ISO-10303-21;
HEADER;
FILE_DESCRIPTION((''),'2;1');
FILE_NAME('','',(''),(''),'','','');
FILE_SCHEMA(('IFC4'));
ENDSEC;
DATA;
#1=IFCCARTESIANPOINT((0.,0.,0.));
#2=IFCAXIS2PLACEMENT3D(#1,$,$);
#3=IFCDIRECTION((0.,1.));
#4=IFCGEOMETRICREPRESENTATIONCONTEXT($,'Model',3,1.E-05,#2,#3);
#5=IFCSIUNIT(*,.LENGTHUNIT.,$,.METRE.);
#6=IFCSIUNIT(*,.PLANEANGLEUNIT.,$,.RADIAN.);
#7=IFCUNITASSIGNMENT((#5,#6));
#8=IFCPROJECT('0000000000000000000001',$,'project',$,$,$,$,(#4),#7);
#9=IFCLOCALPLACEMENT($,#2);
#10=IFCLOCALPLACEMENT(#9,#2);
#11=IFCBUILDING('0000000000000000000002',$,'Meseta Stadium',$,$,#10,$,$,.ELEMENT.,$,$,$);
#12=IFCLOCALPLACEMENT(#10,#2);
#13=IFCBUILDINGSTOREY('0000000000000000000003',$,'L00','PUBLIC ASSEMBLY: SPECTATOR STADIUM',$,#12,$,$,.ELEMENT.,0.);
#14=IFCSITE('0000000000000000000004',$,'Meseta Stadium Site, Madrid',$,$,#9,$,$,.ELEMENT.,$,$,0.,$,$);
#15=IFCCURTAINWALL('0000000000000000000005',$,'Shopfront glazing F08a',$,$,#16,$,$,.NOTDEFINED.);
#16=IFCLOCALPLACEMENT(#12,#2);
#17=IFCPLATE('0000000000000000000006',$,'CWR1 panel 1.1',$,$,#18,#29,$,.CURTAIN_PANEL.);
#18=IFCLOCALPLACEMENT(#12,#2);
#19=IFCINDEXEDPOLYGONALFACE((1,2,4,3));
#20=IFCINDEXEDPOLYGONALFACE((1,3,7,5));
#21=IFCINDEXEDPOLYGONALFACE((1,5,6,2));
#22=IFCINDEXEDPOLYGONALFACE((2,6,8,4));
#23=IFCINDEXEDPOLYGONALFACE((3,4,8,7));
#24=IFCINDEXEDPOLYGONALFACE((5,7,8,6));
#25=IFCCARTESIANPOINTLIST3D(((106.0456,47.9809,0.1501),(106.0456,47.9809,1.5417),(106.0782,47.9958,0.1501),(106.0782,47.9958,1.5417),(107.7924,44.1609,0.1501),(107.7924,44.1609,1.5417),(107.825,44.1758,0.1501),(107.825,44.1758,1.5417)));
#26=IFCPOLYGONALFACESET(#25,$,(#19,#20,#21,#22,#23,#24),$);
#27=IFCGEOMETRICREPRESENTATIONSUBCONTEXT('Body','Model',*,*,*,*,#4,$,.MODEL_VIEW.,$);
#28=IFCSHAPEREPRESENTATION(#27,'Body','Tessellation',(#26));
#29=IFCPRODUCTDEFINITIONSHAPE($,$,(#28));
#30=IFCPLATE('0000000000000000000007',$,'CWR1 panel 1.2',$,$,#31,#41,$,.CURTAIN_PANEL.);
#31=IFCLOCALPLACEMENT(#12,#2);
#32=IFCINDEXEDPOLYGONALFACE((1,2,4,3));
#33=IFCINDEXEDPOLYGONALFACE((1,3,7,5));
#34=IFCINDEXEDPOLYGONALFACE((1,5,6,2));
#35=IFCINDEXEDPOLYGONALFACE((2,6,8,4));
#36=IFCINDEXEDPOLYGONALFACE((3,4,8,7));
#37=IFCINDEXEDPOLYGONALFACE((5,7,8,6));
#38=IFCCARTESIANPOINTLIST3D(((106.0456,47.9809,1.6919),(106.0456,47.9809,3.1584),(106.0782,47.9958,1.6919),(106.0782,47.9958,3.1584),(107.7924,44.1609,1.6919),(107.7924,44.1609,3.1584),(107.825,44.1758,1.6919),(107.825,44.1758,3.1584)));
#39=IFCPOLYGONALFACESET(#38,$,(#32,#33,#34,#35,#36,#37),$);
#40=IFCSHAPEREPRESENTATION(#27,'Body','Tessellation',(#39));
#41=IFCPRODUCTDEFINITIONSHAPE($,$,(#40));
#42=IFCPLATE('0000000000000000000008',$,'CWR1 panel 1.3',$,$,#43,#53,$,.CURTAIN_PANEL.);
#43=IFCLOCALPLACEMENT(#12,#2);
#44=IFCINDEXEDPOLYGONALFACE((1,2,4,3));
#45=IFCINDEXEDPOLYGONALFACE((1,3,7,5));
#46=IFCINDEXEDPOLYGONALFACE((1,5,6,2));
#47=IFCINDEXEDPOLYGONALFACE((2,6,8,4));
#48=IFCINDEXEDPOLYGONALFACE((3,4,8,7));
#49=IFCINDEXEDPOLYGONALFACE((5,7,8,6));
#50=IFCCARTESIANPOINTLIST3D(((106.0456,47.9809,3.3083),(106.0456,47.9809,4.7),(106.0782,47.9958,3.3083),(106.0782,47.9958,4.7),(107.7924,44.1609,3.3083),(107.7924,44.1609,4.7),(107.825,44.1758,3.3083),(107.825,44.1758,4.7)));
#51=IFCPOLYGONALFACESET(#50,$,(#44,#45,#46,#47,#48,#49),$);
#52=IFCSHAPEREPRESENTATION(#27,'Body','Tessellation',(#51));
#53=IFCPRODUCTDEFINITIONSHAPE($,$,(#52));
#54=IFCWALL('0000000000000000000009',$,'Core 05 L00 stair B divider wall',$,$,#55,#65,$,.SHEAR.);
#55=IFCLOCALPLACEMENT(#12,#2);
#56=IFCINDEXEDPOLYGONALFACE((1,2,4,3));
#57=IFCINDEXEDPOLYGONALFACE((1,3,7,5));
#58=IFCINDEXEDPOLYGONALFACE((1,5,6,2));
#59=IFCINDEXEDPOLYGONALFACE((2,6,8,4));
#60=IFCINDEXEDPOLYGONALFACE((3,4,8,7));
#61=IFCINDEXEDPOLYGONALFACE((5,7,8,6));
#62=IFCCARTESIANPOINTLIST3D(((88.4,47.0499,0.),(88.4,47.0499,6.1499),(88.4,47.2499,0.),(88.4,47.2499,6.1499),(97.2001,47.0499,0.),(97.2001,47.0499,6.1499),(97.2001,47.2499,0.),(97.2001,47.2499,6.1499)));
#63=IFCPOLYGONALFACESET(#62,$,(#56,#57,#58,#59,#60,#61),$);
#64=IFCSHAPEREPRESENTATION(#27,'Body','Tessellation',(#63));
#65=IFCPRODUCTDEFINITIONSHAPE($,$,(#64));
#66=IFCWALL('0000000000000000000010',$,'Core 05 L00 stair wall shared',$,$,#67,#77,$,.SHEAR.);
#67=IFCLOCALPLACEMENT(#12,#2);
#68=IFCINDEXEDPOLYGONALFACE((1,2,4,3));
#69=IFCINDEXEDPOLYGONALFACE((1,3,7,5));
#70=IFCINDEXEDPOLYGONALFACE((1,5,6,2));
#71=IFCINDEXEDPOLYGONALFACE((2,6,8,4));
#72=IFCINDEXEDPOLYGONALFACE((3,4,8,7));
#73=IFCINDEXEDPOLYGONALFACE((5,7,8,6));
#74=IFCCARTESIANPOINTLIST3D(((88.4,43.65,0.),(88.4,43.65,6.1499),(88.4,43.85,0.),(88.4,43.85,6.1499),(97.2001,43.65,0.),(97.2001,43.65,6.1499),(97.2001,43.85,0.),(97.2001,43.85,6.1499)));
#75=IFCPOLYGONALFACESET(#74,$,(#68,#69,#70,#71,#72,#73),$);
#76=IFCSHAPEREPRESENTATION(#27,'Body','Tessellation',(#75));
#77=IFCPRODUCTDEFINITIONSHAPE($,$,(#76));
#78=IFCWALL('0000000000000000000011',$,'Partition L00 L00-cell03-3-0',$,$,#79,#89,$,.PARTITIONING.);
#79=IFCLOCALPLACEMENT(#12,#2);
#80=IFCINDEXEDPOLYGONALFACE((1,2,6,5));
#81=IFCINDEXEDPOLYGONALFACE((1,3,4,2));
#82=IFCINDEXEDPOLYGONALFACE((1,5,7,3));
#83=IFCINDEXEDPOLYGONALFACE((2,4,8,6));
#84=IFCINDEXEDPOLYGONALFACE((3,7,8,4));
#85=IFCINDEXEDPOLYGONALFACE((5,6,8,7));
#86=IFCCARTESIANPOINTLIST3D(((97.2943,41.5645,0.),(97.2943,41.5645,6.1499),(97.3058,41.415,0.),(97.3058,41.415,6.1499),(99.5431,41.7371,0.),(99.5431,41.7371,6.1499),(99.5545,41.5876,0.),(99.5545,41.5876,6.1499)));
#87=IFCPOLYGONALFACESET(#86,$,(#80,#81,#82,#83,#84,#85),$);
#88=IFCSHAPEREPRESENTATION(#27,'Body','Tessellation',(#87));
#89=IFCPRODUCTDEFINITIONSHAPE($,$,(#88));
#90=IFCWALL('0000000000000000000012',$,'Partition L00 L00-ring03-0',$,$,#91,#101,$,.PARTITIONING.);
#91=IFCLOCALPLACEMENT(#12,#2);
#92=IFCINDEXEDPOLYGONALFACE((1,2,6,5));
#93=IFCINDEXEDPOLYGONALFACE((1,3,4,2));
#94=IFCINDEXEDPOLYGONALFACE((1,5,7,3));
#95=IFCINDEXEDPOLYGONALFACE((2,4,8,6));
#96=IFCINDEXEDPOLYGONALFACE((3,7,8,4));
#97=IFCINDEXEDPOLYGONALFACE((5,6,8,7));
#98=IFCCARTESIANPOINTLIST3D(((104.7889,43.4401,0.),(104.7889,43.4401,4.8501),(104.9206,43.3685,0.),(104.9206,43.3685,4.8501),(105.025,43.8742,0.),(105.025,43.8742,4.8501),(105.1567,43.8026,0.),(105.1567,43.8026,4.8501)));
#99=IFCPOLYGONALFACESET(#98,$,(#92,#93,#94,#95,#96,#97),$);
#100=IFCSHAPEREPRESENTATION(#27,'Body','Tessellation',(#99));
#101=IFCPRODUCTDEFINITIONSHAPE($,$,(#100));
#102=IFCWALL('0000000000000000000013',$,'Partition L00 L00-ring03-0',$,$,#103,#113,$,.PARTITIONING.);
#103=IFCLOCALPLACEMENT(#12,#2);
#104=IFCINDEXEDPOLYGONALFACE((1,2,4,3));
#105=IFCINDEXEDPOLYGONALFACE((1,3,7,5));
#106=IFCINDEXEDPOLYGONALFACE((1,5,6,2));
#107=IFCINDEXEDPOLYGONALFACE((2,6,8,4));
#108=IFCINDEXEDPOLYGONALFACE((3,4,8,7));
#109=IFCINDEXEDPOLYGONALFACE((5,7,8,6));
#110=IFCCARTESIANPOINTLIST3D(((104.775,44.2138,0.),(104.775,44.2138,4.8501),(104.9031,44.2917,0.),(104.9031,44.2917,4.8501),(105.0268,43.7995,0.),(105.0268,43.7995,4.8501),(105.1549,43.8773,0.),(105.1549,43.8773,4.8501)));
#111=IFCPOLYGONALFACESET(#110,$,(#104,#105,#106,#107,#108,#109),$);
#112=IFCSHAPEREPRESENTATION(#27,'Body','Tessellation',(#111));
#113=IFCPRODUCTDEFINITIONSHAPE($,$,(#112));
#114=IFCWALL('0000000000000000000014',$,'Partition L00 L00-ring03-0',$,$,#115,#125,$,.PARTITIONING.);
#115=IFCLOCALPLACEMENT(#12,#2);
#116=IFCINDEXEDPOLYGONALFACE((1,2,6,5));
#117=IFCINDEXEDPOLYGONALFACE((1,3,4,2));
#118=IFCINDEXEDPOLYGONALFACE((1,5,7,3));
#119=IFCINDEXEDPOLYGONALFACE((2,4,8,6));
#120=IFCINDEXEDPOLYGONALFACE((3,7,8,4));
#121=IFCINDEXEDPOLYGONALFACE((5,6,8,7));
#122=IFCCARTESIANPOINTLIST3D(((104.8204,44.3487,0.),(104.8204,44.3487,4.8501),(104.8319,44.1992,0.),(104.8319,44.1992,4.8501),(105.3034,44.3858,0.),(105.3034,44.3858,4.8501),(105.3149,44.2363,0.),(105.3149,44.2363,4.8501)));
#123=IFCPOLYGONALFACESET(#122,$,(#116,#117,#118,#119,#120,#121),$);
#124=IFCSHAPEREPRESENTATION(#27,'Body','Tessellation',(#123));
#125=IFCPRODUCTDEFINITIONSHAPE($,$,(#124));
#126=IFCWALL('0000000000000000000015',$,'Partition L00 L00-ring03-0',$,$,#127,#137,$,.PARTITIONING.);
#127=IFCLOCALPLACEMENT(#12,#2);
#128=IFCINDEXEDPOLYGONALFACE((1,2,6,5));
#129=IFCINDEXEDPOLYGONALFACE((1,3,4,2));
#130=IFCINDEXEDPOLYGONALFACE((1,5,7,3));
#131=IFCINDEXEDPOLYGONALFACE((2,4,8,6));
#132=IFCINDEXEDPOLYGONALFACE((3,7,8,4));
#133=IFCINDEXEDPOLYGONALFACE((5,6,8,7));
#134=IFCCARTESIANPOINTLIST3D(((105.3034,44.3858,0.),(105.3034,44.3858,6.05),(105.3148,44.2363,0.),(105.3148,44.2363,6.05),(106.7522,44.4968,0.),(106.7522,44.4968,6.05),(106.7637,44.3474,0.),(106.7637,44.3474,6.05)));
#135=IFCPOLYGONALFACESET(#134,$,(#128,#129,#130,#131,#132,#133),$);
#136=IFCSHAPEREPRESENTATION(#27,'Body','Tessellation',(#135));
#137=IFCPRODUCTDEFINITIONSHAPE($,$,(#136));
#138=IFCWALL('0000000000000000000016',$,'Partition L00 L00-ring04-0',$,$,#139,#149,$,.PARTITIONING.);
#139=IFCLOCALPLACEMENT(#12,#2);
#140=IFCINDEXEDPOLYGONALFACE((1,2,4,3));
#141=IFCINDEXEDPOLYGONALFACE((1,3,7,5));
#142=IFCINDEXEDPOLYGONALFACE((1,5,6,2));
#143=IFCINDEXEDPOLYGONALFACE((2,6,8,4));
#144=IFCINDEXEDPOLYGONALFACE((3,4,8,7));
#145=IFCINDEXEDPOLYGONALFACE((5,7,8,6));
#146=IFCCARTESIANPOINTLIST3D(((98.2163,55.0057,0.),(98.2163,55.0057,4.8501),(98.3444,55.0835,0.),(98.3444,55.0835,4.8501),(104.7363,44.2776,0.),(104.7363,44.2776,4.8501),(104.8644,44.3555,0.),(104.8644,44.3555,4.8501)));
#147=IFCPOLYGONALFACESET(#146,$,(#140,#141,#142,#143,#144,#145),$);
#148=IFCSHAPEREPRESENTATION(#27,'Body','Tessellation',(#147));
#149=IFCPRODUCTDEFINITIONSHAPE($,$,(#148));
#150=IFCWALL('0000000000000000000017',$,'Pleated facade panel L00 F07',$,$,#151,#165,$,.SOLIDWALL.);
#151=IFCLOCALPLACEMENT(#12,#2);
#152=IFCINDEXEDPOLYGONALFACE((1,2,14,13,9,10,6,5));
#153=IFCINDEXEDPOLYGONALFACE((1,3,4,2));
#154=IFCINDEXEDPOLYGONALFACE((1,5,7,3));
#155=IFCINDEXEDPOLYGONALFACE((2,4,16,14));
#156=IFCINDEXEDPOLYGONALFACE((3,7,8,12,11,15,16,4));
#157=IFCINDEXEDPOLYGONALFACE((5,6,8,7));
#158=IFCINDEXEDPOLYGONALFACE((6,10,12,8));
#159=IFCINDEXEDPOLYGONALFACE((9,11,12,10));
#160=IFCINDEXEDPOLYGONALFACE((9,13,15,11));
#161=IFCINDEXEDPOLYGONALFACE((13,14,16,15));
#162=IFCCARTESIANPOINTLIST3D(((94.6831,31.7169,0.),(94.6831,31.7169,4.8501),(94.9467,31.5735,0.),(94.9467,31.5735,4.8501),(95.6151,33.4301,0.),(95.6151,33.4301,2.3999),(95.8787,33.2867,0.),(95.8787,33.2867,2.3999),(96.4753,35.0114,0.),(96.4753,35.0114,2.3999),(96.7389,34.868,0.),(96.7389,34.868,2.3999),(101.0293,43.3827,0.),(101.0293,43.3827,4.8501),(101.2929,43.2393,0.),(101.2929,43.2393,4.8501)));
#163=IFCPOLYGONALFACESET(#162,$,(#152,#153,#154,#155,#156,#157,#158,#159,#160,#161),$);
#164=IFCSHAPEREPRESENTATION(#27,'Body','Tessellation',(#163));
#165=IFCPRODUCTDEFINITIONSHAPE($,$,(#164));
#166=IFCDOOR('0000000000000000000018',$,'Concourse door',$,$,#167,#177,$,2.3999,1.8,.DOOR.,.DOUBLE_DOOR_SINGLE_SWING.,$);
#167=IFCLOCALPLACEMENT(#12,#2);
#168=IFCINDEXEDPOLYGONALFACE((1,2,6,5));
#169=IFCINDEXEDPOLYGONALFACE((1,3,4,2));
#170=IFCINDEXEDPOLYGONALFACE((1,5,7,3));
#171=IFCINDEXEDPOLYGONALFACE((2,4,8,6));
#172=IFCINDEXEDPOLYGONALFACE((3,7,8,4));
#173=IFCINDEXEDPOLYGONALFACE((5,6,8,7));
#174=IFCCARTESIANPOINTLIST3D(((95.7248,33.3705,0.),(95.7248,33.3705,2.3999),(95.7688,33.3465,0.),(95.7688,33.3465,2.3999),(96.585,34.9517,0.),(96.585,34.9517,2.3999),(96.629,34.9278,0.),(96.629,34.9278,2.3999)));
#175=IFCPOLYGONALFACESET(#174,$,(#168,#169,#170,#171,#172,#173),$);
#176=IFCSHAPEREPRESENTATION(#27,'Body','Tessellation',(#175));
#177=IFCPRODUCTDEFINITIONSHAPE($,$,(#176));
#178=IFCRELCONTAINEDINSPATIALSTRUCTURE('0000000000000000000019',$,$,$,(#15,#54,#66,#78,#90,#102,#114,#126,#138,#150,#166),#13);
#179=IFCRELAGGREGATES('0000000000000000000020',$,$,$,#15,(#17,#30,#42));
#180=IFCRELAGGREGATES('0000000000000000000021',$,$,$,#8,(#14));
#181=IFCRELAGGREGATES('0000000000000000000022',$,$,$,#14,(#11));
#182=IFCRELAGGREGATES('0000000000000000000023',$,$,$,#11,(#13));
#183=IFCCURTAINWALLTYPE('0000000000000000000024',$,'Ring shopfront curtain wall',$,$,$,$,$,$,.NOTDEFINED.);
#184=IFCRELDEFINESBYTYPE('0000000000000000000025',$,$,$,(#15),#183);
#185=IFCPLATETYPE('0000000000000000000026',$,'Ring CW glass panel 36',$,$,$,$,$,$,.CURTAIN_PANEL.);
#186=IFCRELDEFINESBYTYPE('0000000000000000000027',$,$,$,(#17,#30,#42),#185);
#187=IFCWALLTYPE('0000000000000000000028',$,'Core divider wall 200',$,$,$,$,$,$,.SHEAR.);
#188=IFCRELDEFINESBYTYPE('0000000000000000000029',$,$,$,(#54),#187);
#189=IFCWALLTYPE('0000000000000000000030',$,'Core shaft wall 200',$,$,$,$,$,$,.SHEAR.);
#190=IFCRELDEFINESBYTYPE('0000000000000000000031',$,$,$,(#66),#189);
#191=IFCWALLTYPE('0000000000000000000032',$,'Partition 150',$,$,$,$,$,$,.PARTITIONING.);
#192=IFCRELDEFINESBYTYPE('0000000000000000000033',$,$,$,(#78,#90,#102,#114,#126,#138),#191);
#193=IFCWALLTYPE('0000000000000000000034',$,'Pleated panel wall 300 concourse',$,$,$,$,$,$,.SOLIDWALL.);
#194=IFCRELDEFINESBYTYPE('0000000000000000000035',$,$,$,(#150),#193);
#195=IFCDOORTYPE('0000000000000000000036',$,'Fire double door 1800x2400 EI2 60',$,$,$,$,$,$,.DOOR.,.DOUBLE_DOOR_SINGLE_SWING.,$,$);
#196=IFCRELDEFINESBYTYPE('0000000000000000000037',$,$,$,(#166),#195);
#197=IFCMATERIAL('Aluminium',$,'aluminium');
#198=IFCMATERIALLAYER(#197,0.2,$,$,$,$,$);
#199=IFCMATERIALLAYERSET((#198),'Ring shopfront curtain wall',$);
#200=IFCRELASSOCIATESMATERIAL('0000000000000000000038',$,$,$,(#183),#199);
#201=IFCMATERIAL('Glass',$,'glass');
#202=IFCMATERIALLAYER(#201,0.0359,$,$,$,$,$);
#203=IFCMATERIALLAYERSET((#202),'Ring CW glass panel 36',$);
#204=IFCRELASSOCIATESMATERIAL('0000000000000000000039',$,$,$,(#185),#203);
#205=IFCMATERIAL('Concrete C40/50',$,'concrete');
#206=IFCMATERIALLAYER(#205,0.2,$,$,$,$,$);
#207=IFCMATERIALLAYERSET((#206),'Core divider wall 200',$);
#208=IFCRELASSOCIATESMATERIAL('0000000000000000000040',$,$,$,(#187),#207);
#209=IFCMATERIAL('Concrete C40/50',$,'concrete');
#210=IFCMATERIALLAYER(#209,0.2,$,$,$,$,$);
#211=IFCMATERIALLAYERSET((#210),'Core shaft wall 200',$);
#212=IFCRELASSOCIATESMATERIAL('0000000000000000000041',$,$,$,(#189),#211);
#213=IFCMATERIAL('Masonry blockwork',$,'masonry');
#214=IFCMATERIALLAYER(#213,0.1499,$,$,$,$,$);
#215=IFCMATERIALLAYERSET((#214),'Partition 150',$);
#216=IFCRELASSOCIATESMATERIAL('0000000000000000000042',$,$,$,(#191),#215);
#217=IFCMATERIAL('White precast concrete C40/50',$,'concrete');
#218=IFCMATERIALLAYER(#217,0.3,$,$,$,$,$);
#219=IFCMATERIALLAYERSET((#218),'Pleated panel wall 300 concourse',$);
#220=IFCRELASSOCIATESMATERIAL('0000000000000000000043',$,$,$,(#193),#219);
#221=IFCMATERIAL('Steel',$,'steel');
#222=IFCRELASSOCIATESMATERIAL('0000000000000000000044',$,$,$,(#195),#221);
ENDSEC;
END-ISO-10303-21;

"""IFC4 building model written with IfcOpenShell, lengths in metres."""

from ifc_helpers import new_model, si_unit, direction, frame, frame_2d, origin, origin_2d, place, context, subcontext, project, spatial, rectangle, extrude, material, layer, layer_set, type_object, element, fill, aggregate, save


model = new_model("IFC4")

# Units and contexts
model_context = context("Model", 3, precision=1e-05, world=origin(), true_north=direction((0.0, 1.0)))
body_context = subcontext(model_context, "Body", "Model", "MODEL_VIEW")
ifc_project = project(units=[si_unit("LENGTHUNIT", "METRE"), si_unit("PLANEANGLEUNIT", "RADIAN")], contexts=[model_context])

# Site, building, storey
site_placement = place(None, origin())
site = spatial("IfcSite", under=ifc_project, at=site_placement, Name="Meseta Stadium Site, Madrid", CompositionType="ELEMENT", RefElevation=0.0)
building_placement = place(site_placement, origin())
building = spatial("IfcBuilding", under=site, at=building_placement, Name="Meseta Stadium", CompositionType="ELEMENT")
storey_placement = place(building_placement, origin())
storey = spatial("IfcBuildingStorey", under=building, at=storey_placement, Name="L00", Description="PUBLIC ASSEMBLY: SPECTATOR STADIUM", CompositionType="ELEMENT", Elevation=0.0)

# Shared definitions
ifc_material_1 = material(Name="Aluminium", Category="aluminium")
ifc_layer_1 = layer(ifc_material_1, 0.2)
ifc_layer_set_1 = layer_set([ifc_layer_1], Name="Ring shopfront curtain wall")
curtain_wall_type = type_object("IfcCurtainWallType", Name="Ring shopfront curtain wall", PredefinedType="NOTDEFINED", material=ifc_layer_set_1)

# Curtain wall
curtain_wall_1_placement = place(storey_placement, origin())
curtain_wall_1 = element("IfcCurtainWall", 1, at=curtain_wall_1_placement, inside=storey, type_object=curtain_wall_type, Name="Shopfront glazing F08a", PredefinedType="NOTDEFINED")

# Plates
ifc_material_2 = material(Name="Glass", Category="glass")
ifc_layer_2 = layer(ifc_material_2, 0.0359)
ifc_layer_set_2 = layer_set([ifc_layer_2], Name="Ring CW glass panel 36")
plate_type = type_object("IfcPlateType", Name="Ring CW glass panel 36", PredefinedType="CURTAIN_PANEL", material=ifc_layer_set_2)
plate_1_placement = place(storey_placement, frame((106.9353, 46.0784, 0.1501), z_axis=(0.0, 0.0, 1.0), x_axis=(-0.415863, 0.909427, 0.0)))
plate_1 = element("IfcPlate", 2, at=plate_1_placement, type_object=plate_type, Name="CWR1 panel 1.1", PredefinedType="CURTAIN_PANEL", context=body_context, shape_type="SweptSolid", body=[
    extrude(rectangle(XDim=4.2004, YDim=0.0359, at=origin_2d()), origin(), (0.0, 0.0, 1.0), 1.3916),
])
plate_2_placement = place(storey_placement, frame((106.9353, 46.0784, 1.6919), z_axis=(0.0, 0.0, 1.0), x_axis=(-0.415863, 0.909427, 0.0)))
plate_2 = element("IfcPlate", 3, at=plate_2_placement, type_object=plate_type, Name="CWR1 panel 1.2", PredefinedType="CURTAIN_PANEL", context=body_context, shape_type="SweptSolid", body=[
    extrude(rectangle(XDim=4.2004, YDim=0.0359, at=origin_2d()), origin(), (0.0, 0.0, 1.0), 1.4666),
])
plate_3_placement = place(storey_placement, frame((106.9353, 46.0784, 3.3083), z_axis=(0.0, 0.0, 1.0), x_axis=(-0.415863, 0.909427, 0.0)))
plate_3 = element("IfcPlate", 4, at=plate_3_placement, type_object=plate_type, Name="CWR1 panel 1.3", PredefinedType="CURTAIN_PANEL", context=body_context, shape_type="SweptSolid", body=[
    extrude(rectangle(XDim=4.2004, YDim=0.0359, at=origin_2d()), origin(), (0.0, 0.0, 1.0), 1.3916),
])
aggregate(curtain_wall_1, [plate_1, plate_2, plate_3])

# Walls
ifc_material_3 = material(Name="Concrete C40/50", Category="concrete")
ifc_layer_3 = layer(ifc_material_3, 0.2)
ifc_layer_set_3 = layer_set([ifc_layer_3], Name="Core divider wall 200")
wall_type_1 = type_object("IfcWallType", Name="Core divider wall 200", PredefinedType="SHEAR", material=ifc_layer_set_3)
wall_1_placement = place(storey_placement, frame((97.2, 47.1499, 0.0), z_axis=(0.0, 0.0, 1.0), x_axis=(-1.0, 0.0, 0.0)))
element("IfcWall", 5, at=wall_1_placement, inside=storey, type_object=wall_type_1, Name="Core 05 L00 stair B divider wall", PredefinedType="SHEAR", context=body_context, shape_type="SweptSolid", body=[
    extrude(rectangle(XDim=8.8, YDim=0.2, at=frame_2d((4.3999, 0.0))), origin(), (0.0, 0.0, 1.0), 6.1499),
])
ifc_material_4 = material(Name="Concrete C40/50", Category="concrete")
ifc_layer_4 = layer(ifc_material_4, 0.2)
ifc_layer_set_4 = layer_set([ifc_layer_4], Name="Core shaft wall 200")
wall_type_2 = type_object("IfcWallType", Name="Core shaft wall 200", PredefinedType="SHEAR", material=ifc_layer_set_4)
wall_2_placement = place(storey_placement, frame((97.2, 43.75, 0.0), z_axis=(0.0, 0.0, 1.0), x_axis=(-1.0, 0.0, 0.0)))
element("IfcWall", 6, at=wall_2_placement, inside=storey, type_object=wall_type_2, Name="Core 05 L00 stair wall shared", PredefinedType="SHEAR", context=body_context, shape_type="SweptSolid", body=[
    extrude(rectangle(XDim=8.8, YDim=0.2, at=frame_2d((4.3999, 0.0))), origin(), (0.0, 0.0, 1.0), 6.1499),
])
ifc_material_5 = material(Name="Masonry blockwork", Category="masonry")
ifc_layer_5 = layer(ifc_material_5, 0.1499)
ifc_layer_set_5 = layer_set([ifc_layer_5], Name="Partition 150")
wall_type_3 = type_object("IfcWallType", Name="Partition 150", PredefinedType="PARTITIONING", material=ifc_layer_set_5)
wall_3_placement = place(storey_placement, frame((97.3, 41.4897, 0.0), z_axis=(0.0, 0.0, 1.0), x_axis=(0.997067, 0.076531, 0.0)))
element("IfcWall", 7, at=wall_3_placement, inside=storey, type_object=wall_type_3, Name="Partition L00 L00-cell03-3-0", PredefinedType="PARTITIONING", context=body_context, shape_type="SweptSolid", body=[
    extrude(rectangle(XDim=2.2554, YDim=0.1499, at=frame_2d((1.1277, 0.0))), origin(), (0.0, 0.0, 1.0), 6.1499),
])
wall_4_placement = place(storey_placement, frame((104.8547, 43.4043, 0.0), z_axis=(0.0, 0.0, 1.0), x_axis=(0.477779, 0.87848, 0.0)))
element("IfcWall", 8, at=wall_4_placement, inside=storey, type_object=wall_type_3, Name="Partition L00 L00-ring03-0", PredefinedType="PARTITIONING", context=body_context, shape_type="SweptSolid", body=[
    extrude(rectangle(XDim=0.4941, YDim=0.1499, at=frame_2d((0.2471, 0.0))), origin(), (0.0, 0.0, 1.0), 4.8501),
])
wall_5_placement = place(storey_placement, frame((105.0908, 43.8384, 0.0), z_axis=(0.0, 0.0, 1.0), x_axis=(-0.519228, 0.854636, 0.0)))
element("IfcWall", 9, at=wall_5_placement, inside=storey, type_object=wall_type_3, Name="Partition L00 L00-ring03-0", PredefinedType="PARTITIONING", context=body_context, shape_type="SweptSolid", body=[
    extrude(rectangle(XDim=0.4849, YDim=0.1499, at=frame_2d((0.2424, 0.0))), origin(), (0.0, 0.0, 1.0), 4.8501),
])
wall_6_placement = place(storey_placement, frame((104.8262, 44.2739, 0.0), z_axis=(0.0, 0.0, 1.0), x_axis=(0.99706, 0.076619, 0.0)))
element("IfcWall", 10, at=wall_6_placement, inside=storey, type_object=wall_type_3, Name="Partition L00 L00-ring03-0", PredefinedType="PARTITIONING", context=body_context, shape_type="SweptSolid", body=[
    extrude(rectangle(XDim=0.4844, YDim=0.1499, at=frame_2d((0.2422, 0.0))), origin(), (0.0, 0.0, 1.0), 4.8501),
])
wall_7_placement = place(storey_placement, frame((105.3091, 44.311, 0.0), z_axis=(0.0, 0.0, 1.0), x_axis=(0.997074, 0.07644, 0.0)))
element("IfcWall", 11, at=wall_7_placement, inside=storey, type_object=wall_type_3, Name="Partition L00 L00-ring03-0", PredefinedType="PARTITIONING", context=body_context, shape_type="SweptSolid", body=[
    extrude(rectangle(XDim=1.4531, YDim=0.1499, at=frame_2d((0.7266, 0.0))), origin(), (0.0, 0.0, 1.0), 6.05),
])
wall_8_placement = place(storey_placement, frame((104.8003, 44.3167, 0.0), z_axis=(0.0, 0.0, 1.0), x_axis=(-0.519361, 0.854555, 0.0)))
element("IfcWall", 12, at=wall_8_placement, inside=storey, type_object=wall_type_3, Name="Partition L00 L00-ring04-0", PredefinedType="PARTITIONING", context=body_context, shape_type="SweptSolid", body=[
    extrude(rectangle(XDim=12.554, YDim=0.1499, at=frame_2d((6.2769, 0.0))), origin(), (0.0, 0.0, 1.0), 4.8501),
])

# Wall, opening, door
ifc_material_6 = material(Name="White precast concrete C40/50", Category="concrete")
ifc_layer_6 = layer(ifc_material_6, 0.3)
ifc_layer_set_6 = layer_set([ifc_layer_6], Name="Pleated panel wall 300 concourse")
wall_type_4 = type_object("IfcWallType", Name="Pleated panel wall 300 concourse", PredefinedType="SOLIDWALL", material=ifc_layer_set_6)
wall_9_placement = place(storey_placement, frame((101.1611, 43.311, 0.0), z_axis=(0.0, 0.0, 1.0), x_axis=(-0.477868, -0.878432, 0.0)))
wall_9 = element("IfcWall", 13, at=wall_9_placement, inside=storey, type_object=wall_type_4, Name="Pleated facade panel L00 F07", PredefinedType="SOLIDWALL", context=body_context, shape_type="SweptSolid", body=[
    extrude(rectangle(XDim=13.2803, YDim=0.3, at=frame_2d((6.6401, 0.0))), origin(), (0.0, 0.0, 1.0), 4.8501),
])
opening_1_placement = place(wall_9_placement, frame((9.53, 0.0, 0.0)))
opening_1 = element("IfcOpeningElement", 14, at=opening_1_placement, cuts=wall_9, PredefinedType="OPENING", context=body_context, shape_type="SweptSolid", body=[
    extrude(rectangle(XDim=1.8, YDim=2.3999, at=frame_2d((0.8999, 1.2))), frame((0.0, 0.1599, 0.0), z_axis=(0.0, -1.0, 0.0), x_axis=(1.0, 0.0, 0.0)), (0.0, 0.0, 1.0), 0.3201),
])
ifc_material_7 = material(Name="Steel", Category="steel")
door_type_1 = type_object("IfcDoorType", Name="Fire double door 1800x2400 EI2 60", OperationType="DOUBLE_DOOR_SINGLE_SWING", PredefinedType="DOOR", material=ifc_material_7)
door_1_placement = place(opening_1_placement, origin())
door_1 = element("IfcDoor", 15, at=door_1_placement, inside=storey, type_object=door_type_1, Name="Concourse door", OperationType="DOUBLE_DOOR_SINGLE_SWING", OverallHeight=2.3999, OverallWidth=1.8, PredefinedType="DOOR", context=body_context, shape_type="SweptSolid", body=[
    extrude(rectangle(XDim=1.8, YDim=2.3999, at=frame_2d((0.8999, 1.2))), frame((0.0, 0.0249, 0.0), z_axis=(0.0, -1.0, 0.0), x_axis=(1.0, 0.0, 0.0)), (0.0, 0.0, 1.0), 0.05),
])
fill(opening_1, door_1)

save(model, "model.ifc")
